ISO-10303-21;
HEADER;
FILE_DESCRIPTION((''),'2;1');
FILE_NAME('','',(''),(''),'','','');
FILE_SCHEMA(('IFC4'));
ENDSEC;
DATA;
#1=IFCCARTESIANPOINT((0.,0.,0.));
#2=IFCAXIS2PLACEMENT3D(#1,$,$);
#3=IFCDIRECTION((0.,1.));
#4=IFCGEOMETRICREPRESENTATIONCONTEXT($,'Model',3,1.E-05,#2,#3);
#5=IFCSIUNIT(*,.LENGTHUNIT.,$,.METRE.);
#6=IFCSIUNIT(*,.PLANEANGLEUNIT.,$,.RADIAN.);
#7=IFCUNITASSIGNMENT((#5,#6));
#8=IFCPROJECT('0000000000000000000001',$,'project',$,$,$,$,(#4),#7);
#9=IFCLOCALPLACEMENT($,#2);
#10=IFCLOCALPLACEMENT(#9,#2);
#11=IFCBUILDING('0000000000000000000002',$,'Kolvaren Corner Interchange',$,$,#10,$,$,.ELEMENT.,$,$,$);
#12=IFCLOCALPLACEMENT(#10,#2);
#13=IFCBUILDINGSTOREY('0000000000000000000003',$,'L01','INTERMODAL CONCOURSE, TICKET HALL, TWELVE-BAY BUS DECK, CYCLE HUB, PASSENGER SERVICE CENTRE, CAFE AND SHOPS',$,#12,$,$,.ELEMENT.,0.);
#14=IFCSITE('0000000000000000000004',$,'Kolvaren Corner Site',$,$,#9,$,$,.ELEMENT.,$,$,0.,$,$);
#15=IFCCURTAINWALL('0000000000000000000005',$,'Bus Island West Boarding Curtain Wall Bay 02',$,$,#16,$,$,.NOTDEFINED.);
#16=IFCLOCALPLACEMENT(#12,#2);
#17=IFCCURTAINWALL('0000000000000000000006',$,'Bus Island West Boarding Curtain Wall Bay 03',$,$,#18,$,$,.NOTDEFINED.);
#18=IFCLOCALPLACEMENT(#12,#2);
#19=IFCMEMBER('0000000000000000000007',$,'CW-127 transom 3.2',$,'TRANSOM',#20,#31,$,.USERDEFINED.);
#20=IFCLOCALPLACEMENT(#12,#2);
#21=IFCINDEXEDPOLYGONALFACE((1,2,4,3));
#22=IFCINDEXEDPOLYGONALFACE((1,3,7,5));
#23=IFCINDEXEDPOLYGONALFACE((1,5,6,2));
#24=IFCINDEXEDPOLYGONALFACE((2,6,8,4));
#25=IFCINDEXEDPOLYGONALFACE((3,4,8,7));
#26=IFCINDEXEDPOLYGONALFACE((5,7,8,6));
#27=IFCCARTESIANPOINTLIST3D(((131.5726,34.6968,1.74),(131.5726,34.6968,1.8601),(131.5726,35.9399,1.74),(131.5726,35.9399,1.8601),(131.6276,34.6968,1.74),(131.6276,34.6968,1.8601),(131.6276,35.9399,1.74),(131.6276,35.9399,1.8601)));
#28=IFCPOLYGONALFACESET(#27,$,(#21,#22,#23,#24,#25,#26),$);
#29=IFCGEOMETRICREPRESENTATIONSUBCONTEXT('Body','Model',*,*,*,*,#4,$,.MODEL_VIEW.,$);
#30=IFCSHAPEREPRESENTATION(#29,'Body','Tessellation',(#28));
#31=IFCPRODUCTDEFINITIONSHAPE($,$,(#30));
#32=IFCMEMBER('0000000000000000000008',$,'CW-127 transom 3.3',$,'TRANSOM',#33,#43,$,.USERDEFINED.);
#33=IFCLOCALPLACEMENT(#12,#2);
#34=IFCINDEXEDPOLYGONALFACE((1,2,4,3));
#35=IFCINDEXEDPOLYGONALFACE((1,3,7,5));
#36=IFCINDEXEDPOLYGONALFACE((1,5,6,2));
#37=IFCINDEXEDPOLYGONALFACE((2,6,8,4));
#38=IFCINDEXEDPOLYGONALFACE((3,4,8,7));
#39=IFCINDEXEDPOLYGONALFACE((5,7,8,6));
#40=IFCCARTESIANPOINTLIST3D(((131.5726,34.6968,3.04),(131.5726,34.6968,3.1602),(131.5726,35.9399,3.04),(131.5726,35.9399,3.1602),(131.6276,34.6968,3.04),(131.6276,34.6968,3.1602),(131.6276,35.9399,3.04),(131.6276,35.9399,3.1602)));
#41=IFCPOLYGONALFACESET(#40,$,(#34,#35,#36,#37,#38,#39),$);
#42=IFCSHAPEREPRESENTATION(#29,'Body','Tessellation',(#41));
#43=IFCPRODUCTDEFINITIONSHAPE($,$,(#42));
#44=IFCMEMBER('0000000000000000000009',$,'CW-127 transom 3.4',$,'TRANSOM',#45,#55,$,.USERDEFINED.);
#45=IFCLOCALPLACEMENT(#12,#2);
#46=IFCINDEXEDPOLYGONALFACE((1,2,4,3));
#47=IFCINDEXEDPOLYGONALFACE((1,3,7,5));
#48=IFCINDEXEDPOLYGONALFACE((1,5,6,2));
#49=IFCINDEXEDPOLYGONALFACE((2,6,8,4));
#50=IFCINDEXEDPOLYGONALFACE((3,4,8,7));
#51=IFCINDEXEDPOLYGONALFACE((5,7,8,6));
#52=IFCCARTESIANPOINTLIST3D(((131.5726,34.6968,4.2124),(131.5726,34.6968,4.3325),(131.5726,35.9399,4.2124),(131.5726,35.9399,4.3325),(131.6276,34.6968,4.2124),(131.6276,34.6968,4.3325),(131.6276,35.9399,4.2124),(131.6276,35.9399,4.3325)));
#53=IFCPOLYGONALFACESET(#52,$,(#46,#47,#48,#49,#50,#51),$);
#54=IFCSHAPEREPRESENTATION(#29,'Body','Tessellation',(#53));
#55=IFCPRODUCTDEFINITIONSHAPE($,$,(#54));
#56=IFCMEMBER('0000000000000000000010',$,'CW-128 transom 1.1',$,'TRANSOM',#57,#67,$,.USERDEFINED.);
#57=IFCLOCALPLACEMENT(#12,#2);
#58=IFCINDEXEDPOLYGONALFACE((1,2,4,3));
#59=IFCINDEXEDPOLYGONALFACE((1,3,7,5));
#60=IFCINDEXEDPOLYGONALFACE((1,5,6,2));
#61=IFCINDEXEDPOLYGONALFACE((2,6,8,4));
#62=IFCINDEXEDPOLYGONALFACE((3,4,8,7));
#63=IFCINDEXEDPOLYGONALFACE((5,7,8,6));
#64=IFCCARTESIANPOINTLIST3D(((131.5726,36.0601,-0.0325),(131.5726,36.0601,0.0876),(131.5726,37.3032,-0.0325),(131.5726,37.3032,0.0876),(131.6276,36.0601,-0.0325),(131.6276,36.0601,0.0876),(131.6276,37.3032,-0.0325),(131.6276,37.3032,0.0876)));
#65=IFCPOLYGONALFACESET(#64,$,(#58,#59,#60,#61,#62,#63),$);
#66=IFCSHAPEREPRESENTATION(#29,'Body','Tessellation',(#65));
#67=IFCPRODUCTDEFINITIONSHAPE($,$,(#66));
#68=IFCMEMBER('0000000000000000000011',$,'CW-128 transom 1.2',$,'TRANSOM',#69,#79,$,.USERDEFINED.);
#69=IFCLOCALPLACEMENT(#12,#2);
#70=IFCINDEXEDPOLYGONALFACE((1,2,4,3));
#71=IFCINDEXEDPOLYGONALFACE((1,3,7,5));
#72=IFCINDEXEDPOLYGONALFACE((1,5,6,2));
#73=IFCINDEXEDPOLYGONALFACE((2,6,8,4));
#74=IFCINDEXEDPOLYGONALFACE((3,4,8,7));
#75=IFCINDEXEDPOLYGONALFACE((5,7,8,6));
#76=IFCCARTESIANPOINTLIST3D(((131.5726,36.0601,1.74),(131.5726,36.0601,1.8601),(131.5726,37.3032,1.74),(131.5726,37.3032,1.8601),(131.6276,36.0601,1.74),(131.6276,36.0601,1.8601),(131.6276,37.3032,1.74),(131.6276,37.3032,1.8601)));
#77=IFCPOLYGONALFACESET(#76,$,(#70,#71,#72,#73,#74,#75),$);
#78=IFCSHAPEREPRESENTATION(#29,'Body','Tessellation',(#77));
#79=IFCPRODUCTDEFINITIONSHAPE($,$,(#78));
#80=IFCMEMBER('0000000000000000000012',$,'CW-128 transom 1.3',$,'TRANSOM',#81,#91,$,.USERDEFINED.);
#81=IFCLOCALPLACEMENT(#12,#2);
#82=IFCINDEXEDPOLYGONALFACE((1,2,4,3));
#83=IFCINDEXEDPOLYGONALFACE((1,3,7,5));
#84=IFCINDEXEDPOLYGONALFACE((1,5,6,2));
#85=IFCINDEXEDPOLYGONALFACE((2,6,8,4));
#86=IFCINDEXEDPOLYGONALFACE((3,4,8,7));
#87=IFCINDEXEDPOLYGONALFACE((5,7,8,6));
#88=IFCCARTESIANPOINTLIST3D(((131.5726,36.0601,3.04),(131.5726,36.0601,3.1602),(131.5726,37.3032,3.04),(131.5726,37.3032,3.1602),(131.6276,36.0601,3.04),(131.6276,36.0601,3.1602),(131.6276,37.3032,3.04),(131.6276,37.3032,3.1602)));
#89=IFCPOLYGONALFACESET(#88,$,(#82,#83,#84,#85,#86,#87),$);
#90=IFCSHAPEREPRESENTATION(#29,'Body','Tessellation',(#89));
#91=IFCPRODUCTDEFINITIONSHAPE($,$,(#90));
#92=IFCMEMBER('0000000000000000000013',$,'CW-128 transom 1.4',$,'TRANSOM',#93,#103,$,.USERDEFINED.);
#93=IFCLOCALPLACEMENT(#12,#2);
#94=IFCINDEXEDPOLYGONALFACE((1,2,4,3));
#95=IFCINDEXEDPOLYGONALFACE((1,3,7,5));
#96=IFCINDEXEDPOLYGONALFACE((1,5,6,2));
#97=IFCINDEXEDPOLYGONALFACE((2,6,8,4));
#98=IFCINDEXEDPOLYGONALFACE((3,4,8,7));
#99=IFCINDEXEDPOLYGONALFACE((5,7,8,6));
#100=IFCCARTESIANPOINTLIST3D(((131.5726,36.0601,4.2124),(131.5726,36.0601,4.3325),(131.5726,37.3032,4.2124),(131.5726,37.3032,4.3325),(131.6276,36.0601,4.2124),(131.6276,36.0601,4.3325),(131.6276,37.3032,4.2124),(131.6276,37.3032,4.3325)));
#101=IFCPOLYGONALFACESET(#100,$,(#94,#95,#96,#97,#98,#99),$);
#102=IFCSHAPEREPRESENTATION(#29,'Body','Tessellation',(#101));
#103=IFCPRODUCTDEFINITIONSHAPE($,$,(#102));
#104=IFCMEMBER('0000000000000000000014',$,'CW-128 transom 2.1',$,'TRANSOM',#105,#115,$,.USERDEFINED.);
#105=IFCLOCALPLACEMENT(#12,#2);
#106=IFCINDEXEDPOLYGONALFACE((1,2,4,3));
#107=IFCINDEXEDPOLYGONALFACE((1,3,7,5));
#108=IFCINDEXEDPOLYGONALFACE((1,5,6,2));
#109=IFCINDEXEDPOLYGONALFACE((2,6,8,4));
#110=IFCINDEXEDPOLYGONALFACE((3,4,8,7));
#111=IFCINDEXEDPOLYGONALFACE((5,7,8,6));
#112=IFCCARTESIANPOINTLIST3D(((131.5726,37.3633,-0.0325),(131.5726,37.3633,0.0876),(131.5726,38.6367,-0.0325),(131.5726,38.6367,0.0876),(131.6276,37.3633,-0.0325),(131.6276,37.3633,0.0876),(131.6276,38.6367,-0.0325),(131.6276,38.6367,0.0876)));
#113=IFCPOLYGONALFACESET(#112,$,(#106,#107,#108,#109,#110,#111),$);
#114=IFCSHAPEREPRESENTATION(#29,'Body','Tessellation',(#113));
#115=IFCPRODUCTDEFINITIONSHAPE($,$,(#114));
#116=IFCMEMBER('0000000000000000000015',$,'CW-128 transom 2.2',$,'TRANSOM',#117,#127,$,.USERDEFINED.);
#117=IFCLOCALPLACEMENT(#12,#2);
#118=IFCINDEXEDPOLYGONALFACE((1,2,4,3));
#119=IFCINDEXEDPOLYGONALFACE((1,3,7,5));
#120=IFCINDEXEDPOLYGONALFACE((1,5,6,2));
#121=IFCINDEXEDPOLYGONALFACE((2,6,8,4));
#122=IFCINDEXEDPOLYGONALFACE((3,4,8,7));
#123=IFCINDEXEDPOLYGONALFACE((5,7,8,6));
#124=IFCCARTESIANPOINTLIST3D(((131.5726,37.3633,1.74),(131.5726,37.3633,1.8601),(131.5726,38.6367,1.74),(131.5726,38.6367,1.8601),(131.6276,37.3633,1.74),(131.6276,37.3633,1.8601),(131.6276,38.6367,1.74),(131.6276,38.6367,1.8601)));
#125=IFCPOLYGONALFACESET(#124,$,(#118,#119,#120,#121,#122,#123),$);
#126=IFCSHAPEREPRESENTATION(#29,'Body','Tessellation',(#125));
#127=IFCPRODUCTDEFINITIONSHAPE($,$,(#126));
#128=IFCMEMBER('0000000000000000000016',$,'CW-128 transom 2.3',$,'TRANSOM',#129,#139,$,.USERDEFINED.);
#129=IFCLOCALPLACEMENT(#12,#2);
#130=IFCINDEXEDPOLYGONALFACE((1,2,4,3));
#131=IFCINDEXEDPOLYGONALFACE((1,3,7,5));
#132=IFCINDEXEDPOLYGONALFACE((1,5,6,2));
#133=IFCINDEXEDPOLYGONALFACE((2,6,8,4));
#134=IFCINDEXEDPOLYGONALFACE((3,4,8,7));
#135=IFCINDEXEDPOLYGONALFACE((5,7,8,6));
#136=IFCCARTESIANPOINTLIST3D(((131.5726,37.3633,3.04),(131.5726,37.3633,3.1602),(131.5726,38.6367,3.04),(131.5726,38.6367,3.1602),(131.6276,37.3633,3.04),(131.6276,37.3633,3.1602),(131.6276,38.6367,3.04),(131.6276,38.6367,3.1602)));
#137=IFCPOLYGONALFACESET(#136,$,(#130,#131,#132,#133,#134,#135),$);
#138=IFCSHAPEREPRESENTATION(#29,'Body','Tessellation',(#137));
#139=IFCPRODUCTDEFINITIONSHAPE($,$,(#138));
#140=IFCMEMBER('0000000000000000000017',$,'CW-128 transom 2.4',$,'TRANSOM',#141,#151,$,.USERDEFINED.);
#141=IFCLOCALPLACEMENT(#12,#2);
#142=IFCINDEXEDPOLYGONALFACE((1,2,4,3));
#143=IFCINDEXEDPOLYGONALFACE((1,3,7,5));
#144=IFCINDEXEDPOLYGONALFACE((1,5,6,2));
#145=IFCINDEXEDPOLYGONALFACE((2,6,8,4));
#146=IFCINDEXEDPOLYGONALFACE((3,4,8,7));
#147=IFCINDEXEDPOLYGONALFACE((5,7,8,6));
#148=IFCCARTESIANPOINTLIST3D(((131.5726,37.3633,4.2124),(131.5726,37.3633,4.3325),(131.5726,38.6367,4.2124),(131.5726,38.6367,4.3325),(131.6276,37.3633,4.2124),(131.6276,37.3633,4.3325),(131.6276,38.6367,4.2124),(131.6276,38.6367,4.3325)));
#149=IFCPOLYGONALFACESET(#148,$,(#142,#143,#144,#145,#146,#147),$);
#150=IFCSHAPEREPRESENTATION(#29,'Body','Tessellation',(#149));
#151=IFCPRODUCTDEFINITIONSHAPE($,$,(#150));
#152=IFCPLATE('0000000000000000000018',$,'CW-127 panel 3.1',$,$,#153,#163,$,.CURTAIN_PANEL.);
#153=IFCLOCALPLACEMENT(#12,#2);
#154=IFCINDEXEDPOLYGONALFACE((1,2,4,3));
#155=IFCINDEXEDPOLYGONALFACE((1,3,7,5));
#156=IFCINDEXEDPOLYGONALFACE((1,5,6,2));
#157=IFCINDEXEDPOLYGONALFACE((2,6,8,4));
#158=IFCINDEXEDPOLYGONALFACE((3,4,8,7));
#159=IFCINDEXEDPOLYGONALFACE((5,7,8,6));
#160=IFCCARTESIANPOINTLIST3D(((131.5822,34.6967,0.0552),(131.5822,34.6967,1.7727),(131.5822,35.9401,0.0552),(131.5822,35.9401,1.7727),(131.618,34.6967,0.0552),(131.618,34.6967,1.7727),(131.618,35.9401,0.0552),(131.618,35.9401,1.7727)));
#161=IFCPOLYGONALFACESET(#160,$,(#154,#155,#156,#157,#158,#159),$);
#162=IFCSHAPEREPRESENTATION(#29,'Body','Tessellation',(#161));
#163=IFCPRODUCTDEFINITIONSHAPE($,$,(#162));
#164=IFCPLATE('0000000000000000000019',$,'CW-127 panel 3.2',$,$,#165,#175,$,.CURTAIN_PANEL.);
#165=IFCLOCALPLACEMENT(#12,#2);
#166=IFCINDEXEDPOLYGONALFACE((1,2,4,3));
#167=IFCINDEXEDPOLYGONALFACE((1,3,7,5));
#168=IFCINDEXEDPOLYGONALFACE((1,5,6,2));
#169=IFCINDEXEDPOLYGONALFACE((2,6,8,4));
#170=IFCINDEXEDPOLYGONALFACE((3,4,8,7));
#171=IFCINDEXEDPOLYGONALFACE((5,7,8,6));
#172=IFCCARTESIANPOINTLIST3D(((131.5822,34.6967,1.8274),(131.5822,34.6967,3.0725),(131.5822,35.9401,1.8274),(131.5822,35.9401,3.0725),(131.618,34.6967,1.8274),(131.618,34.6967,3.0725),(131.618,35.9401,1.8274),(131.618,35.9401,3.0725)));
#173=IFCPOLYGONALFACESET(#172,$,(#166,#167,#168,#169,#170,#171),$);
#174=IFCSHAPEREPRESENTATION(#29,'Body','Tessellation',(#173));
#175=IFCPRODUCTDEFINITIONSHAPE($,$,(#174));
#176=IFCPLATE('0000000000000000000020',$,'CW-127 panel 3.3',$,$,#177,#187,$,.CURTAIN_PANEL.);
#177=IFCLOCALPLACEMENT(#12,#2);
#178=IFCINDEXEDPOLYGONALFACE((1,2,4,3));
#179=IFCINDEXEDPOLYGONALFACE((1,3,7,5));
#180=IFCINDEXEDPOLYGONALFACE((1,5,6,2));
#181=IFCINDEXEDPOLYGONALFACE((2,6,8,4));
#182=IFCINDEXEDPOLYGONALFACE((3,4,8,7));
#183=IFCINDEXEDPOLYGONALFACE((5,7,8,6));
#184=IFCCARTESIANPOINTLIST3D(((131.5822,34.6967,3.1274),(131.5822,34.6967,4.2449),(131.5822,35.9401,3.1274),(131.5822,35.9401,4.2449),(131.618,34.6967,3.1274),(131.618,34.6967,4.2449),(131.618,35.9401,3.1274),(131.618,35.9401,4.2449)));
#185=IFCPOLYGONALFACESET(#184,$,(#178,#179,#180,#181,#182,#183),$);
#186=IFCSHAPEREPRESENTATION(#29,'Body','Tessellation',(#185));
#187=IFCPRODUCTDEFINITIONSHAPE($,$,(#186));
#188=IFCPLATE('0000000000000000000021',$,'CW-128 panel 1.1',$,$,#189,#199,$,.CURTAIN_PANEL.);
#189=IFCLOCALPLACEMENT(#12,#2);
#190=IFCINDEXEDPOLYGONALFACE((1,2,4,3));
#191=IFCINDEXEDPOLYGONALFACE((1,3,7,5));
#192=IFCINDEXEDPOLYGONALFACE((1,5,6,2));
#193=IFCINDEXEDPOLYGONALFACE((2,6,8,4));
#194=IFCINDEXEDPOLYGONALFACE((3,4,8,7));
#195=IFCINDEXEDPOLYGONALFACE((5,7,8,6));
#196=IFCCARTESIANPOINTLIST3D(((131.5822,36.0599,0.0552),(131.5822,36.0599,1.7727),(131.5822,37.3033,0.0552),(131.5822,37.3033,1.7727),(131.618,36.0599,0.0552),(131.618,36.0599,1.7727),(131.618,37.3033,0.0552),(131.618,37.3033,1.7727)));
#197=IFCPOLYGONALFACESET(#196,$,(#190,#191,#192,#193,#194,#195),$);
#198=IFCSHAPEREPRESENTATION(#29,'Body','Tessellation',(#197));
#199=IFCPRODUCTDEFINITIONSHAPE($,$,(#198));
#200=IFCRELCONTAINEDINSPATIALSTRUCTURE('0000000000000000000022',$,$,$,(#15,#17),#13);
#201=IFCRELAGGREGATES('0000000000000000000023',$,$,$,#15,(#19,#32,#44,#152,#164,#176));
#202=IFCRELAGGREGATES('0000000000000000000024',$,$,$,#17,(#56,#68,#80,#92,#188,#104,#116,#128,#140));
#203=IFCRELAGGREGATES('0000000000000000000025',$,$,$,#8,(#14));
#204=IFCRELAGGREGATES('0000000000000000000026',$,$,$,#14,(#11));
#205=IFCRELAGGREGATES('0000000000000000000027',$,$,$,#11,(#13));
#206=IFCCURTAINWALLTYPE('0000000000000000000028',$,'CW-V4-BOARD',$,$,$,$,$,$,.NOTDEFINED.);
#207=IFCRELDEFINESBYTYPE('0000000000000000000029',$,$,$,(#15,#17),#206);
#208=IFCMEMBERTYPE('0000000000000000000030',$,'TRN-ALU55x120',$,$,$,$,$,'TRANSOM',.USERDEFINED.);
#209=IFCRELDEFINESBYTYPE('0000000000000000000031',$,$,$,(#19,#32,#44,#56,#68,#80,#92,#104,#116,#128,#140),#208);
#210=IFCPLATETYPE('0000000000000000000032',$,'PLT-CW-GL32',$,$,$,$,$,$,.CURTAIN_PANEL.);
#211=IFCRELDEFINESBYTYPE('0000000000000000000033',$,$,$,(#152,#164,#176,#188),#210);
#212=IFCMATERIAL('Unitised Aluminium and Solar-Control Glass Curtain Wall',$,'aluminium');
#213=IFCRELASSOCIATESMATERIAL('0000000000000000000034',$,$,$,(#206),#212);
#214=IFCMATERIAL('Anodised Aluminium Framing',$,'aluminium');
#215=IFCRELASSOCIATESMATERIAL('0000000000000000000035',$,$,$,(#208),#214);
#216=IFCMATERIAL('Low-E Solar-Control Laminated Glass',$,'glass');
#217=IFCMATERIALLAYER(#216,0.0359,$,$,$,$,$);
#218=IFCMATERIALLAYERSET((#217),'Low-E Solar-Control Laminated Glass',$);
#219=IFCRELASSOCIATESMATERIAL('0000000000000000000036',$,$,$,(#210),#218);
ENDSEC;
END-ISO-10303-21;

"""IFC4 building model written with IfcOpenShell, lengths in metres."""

from ifc_helpers import new_model, si_unit, direction, frame, origin, origin_2d, place, context, subcontext, project, spatial, rectangle, extrude, material, layer, layer_set, material_profile, profile_set, type_object, element, aggregate, save


model = new_model("IFC4")

# Units and contexts
model_context = context("Model", 3, precision=1e-05, world=origin(), true_north=direction((0.0, 1.0)))
body_context = subcontext(model_context, "Body", "Model", "MODEL_VIEW")
ifc_project = project(units=[si_unit("LENGTHUNIT", "METRE"), si_unit("PLANEANGLEUNIT", "RADIAN")], contexts=[model_context])

# Site, building, storey
site_placement = place(None, origin())
site = spatial("IfcSite", under=ifc_project, at=site_placement, Name="Kolvaren Corner Site", CompositionType="ELEMENT", RefElevation=0.0)
building_placement = place(site_placement, origin())
building = spatial("IfcBuilding", under=site, at=building_placement, Name="Kolvaren Corner Interchange", CompositionType="ELEMENT")
storey_placement = place(building_placement, origin())
storey = spatial("IfcBuildingStorey", under=building, at=storey_placement, Name="L01", Description="INTERMODAL CONCOURSE, TICKET HALL, TWELVE-BAY BUS DECK, CYCLE HUB, PASSENGER SERVICE CENTRE, CAFE AND SHOPS", CompositionType="ELEMENT", Elevation=0.0)

# Curtain wall
ifc_material_1 = material(Name="Unitised Aluminium and Solar-Control Glass Curtain Wall", Category="aluminium")
curtain_wall_type = type_object("IfcCurtainWallType", Name="CW-V4-BOARD", PredefinedType="NOTDEFINED", material=ifc_material_1)
curtain_wall_1_placement = place(storey_placement, origin())
curtain_wall_1 = element("IfcCurtainWall", 1, at=curtain_wall_1_placement, inside=storey, type_object=curtain_wall_type, Name="Bus Island West Boarding Curtain Wall Bay 02", PredefinedType="NOTDEFINED")

# Curtain wall
curtain_wall_2_placement = place(storey_placement, origin())
curtain_wall_2 = element("IfcCurtainWall", 2, at=curtain_wall_2_placement, inside=storey, type_object=curtain_wall_type, Name="Bus Island West Boarding Curtain Wall Bay 03", PredefinedType="NOTDEFINED")

# Members
ifc_material_2 = material(Name="Anodised Aluminium Framing", Category="aluminium")
ifc_material_profile_1 = material_profile(ifc_material_2, rectangle(XDim=0.0549, YDim=0.1201, at=origin_2d()), Name="ALU 55x120")
ifc_profile_set_1 = profile_set([ifc_material_profile_1], Name="Anodised Aluminium Framing")
member_type_1 = type_object("IfcMemberType", Name="TRN-ALU55x120", ElementType="TRANSOM", PredefinedType="USERDEFINED", material=ifc_profile_set_1)
member_1_placement = place(storey_placement, frame((131.6001, 34.6968, 1.8), z_axis=(0.0, 1.0, 0.0), x_axis=(-1.0, 0.0, 0.0)))
member_1 = element("IfcMember", 3, at=member_1_placement, type_object=member_type_1, Name="CW-127 transom 3.2", ObjectType="TRANSOM", PredefinedType="USERDEFINED", context=body_context, shape_type="SweptSolid", body=[
    extrude(rectangle(XDim=0.0549, YDim=0.1201, at=origin_2d()), origin(), (0.0, 0.0, 1.0), 1.2432),
])
member_2_placement = place(storey_placement, frame((131.6001, 34.6968, 3.1001), z_axis=(0.0, 1.0, 0.0), x_axis=(-1.0, 0.0, 0.0)))
member_2 = element("IfcMember", 4, at=member_2_placement, type_object=member_type_1, Name="CW-127 transom 3.3", ObjectType="TRANSOM", PredefinedType="USERDEFINED", context=body_context, shape_type="SweptSolid", body=[
    extrude(rectangle(XDim=0.0549, YDim=0.1201, at=origin_2d()), origin(), (0.0, 0.0, 1.0), 1.2432),
])
member_3_placement = place(storey_placement, frame((131.6001, 34.6968, 4.2725), z_axis=(0.0, 1.0, 0.0), x_axis=(-1.0, 0.0, 0.0)))
member_3 = element("IfcMember", 5, at=member_3_placement, type_object=member_type_1, Name="CW-127 transom 3.4", ObjectType="TRANSOM", PredefinedType="USERDEFINED", context=body_context, shape_type="SweptSolid", body=[
    extrude(rectangle(XDim=0.0549, YDim=0.1201, at=origin_2d()), origin(), (0.0, 0.0, 1.0), 1.2432),
])
member_4_placement = place(storey_placement, frame((131.6001, 36.0601, 0.0276), z_axis=(0.0, 1.0, 0.0), x_axis=(-1.0, 0.0, 0.0)))
member_4 = element("IfcMember", 6, at=member_4_placement, type_object=member_type_1, Name="CW-128 transom 1.1", ObjectType="TRANSOM", PredefinedType="USERDEFINED", context=body_context, shape_type="SweptSolid", body=[
    extrude(rectangle(XDim=0.0549, YDim=0.1201, at=origin_2d()), origin(), (0.0, 0.0, 1.0), 1.2432),
])
member_5_placement = place(storey_placement, frame((131.6001, 36.0601, 1.8), z_axis=(0.0, 1.0, 0.0), x_axis=(-1.0, 0.0, 0.0)))
member_5 = element("IfcMember", 7, at=member_5_placement, type_object=member_type_1, Name="CW-128 transom 1.2", ObjectType="TRANSOM", PredefinedType="USERDEFINED", context=body_context, shape_type="SweptSolid", body=[
    extrude(rectangle(XDim=0.0549, YDim=0.1201, at=origin_2d()), origin(), (0.0, 0.0, 1.0), 1.2432),
])
member_6_placement = place(storey_placement, frame((131.6001, 36.0601, 3.1001), z_axis=(0.0, 1.0, 0.0), x_axis=(-1.0, 0.0, 0.0)))
member_6 = element("IfcMember", 8, at=member_6_placement, type_object=member_type_1, Name="CW-128 transom 1.3", ObjectType="TRANSOM", PredefinedType="USERDEFINED", context=body_context, shape_type="SweptSolid", body=[
    extrude(rectangle(XDim=0.0549, YDim=0.1201, at=origin_2d()), origin(), (0.0, 0.0, 1.0), 1.2432),
])
member_7_placement = place(storey_placement, frame((131.6001, 36.0601, 4.2725), z_axis=(0.0, 1.0, 0.0), x_axis=(-1.0, 0.0, 0.0)))
member_7 = element("IfcMember", 9, at=member_7_placement, type_object=member_type_1, Name="CW-128 transom 1.4", ObjectType="TRANSOM", PredefinedType="USERDEFINED", context=body_context, shape_type="SweptSolid", body=[
    extrude(rectangle(XDim=0.0549, YDim=0.1201, at=origin_2d()), origin(), (0.0, 0.0, 1.0), 1.2432),
])
member_8_placement = place(storey_placement, frame((131.6001, 37.3633, 0.0276), z_axis=(0.0, 1.0, 0.0), x_axis=(-1.0, 0.0, 0.0)))
member_8 = element("IfcMember", 10, at=member_8_placement, type_object=member_type_1, Name="CW-128 transom 2.1", ObjectType="TRANSOM", PredefinedType="USERDEFINED", context=body_context, shape_type="SweptSolid", body=[
    extrude(rectangle(XDim=0.0549, YDim=0.1201, at=origin_2d()), origin(), (0.0, 0.0, 1.0), 1.2734),
])
member_9_placement = place(storey_placement, frame((131.6001, 37.3633, 1.8), z_axis=(0.0, 1.0, 0.0), x_axis=(-1.0, 0.0, 0.0)))
member_9 = element("IfcMember", 11, at=member_9_placement, type_object=member_type_1, Name="CW-128 transom 2.2", ObjectType="TRANSOM", PredefinedType="USERDEFINED", context=body_context, shape_type="SweptSolid", body=[
    extrude(rectangle(XDim=0.0549, YDim=0.1201, at=origin_2d()), origin(), (0.0, 0.0, 1.0), 1.2734),
])
member_10_placement = place(storey_placement, frame((131.6001, 37.3633, 3.1001), z_axis=(0.0, 1.0, 0.0), x_axis=(-1.0, 0.0, 0.0)))
member_10 = element("IfcMember", 12, at=member_10_placement, type_object=member_type_1, Name="CW-128 transom 2.3", ObjectType="TRANSOM", PredefinedType="USERDEFINED", context=body_context, shape_type="SweptSolid", body=[
    extrude(rectangle(XDim=0.0549, YDim=0.1201, at=origin_2d()), origin(), (0.0, 0.0, 1.0), 1.2734),
])
member_11_placement = place(storey_placement, frame((131.6001, 37.3633, 4.2725), z_axis=(0.0, 1.0, 0.0), x_axis=(-1.0, 0.0, 0.0)))
member_11 = element("IfcMember", 13, at=member_11_placement, type_object=member_type_1, Name="CW-128 transom 2.4", ObjectType="TRANSOM", PredefinedType="USERDEFINED", context=body_context, shape_type="SweptSolid", body=[
    extrude(rectangle(XDim=0.0549, YDim=0.1201, at=origin_2d()), origin(), (0.0, 0.0, 1.0), 1.2734),
])

# Plates
ifc_material_3 = material(Name="Low-E Solar-Control Laminated Glass", Category="glass")
ifc_layer = layer(ifc_material_3, 0.0359)
ifc_layer_set = layer_set([ifc_layer], Name="Low-E Solar-Control Laminated Glass")
plate_type = type_object("IfcPlateType", Name="PLT-CW-GL32", PredefinedType="CURTAIN_PANEL", material=ifc_layer_set)
plate_1_placement = place(storey_placement, frame((131.6001, 35.3184, 0.0552), z_axis=(0.0, 0.0, 1.0), x_axis=(0.0, 1.0, 0.0)))
plate_1 = element("IfcPlate", 14, at=plate_1_placement, type_object=plate_type, Name="CW-127 panel 3.1", PredefinedType="CURTAIN_PANEL", context=body_context, shape_type="SweptSolid", body=[
    extrude(rectangle(XDim=1.2434, YDim=0.0359, at=origin_2d()), origin(), (0.0, 0.0, 1.0), 1.7175),
])
plate_2_placement = place(storey_placement, frame((131.6001, 35.3184, 1.8274), z_axis=(0.0, 0.0, 1.0), x_axis=(0.0, 1.0, 0.0)))
plate_2 = element("IfcPlate", 15, at=plate_2_placement, type_object=plate_type, Name="CW-127 panel 3.2", PredefinedType="CURTAIN_PANEL", context=body_context, shape_type="SweptSolid", body=[
    extrude(rectangle(XDim=1.2434, YDim=0.0359, at=origin_2d()), origin(), (0.0, 0.0, 1.0), 1.2451),
])
plate_3_placement = place(storey_placement, frame((131.6001, 35.3184, 3.1274), z_axis=(0.0, 0.0, 1.0), x_axis=(0.0, 1.0, 0.0)))
plate_3 = element("IfcPlate", 16, at=plate_3_placement, type_object=plate_type, Name="CW-127 panel 3.3", PredefinedType="CURTAIN_PANEL", context=body_context, shape_type="SweptSolid", body=[
    extrude(rectangle(XDim=1.2434, YDim=0.0359, at=origin_2d()), origin(), (0.0, 0.0, 1.0), 1.1174),
])
aggregate(curtain_wall_1, [member_1, member_2, member_3, plate_1, plate_2, plate_3])
plate_4_placement = place(storey_placement, frame((131.6001, 36.6816, 0.0552), z_axis=(0.0, 0.0, 1.0), x_axis=(0.0, 1.0, 0.0)))
plate_4 = element("IfcPlate", 17, at=plate_4_placement, type_object=plate_type, Name="CW-128 panel 1.1", PredefinedType="CURTAIN_PANEL", context=body_context, shape_type="SweptSolid", body=[
    extrude(rectangle(XDim=1.2434, YDim=0.0359, at=origin_2d()), origin(), (0.0, 0.0, 1.0), 1.7175),
])
aggregate(curtain_wall_2, [member_4, member_5, member_6, member_7, plate_4, member_8, member_9, member_10, member_11])

save(model, "model.ifc")
